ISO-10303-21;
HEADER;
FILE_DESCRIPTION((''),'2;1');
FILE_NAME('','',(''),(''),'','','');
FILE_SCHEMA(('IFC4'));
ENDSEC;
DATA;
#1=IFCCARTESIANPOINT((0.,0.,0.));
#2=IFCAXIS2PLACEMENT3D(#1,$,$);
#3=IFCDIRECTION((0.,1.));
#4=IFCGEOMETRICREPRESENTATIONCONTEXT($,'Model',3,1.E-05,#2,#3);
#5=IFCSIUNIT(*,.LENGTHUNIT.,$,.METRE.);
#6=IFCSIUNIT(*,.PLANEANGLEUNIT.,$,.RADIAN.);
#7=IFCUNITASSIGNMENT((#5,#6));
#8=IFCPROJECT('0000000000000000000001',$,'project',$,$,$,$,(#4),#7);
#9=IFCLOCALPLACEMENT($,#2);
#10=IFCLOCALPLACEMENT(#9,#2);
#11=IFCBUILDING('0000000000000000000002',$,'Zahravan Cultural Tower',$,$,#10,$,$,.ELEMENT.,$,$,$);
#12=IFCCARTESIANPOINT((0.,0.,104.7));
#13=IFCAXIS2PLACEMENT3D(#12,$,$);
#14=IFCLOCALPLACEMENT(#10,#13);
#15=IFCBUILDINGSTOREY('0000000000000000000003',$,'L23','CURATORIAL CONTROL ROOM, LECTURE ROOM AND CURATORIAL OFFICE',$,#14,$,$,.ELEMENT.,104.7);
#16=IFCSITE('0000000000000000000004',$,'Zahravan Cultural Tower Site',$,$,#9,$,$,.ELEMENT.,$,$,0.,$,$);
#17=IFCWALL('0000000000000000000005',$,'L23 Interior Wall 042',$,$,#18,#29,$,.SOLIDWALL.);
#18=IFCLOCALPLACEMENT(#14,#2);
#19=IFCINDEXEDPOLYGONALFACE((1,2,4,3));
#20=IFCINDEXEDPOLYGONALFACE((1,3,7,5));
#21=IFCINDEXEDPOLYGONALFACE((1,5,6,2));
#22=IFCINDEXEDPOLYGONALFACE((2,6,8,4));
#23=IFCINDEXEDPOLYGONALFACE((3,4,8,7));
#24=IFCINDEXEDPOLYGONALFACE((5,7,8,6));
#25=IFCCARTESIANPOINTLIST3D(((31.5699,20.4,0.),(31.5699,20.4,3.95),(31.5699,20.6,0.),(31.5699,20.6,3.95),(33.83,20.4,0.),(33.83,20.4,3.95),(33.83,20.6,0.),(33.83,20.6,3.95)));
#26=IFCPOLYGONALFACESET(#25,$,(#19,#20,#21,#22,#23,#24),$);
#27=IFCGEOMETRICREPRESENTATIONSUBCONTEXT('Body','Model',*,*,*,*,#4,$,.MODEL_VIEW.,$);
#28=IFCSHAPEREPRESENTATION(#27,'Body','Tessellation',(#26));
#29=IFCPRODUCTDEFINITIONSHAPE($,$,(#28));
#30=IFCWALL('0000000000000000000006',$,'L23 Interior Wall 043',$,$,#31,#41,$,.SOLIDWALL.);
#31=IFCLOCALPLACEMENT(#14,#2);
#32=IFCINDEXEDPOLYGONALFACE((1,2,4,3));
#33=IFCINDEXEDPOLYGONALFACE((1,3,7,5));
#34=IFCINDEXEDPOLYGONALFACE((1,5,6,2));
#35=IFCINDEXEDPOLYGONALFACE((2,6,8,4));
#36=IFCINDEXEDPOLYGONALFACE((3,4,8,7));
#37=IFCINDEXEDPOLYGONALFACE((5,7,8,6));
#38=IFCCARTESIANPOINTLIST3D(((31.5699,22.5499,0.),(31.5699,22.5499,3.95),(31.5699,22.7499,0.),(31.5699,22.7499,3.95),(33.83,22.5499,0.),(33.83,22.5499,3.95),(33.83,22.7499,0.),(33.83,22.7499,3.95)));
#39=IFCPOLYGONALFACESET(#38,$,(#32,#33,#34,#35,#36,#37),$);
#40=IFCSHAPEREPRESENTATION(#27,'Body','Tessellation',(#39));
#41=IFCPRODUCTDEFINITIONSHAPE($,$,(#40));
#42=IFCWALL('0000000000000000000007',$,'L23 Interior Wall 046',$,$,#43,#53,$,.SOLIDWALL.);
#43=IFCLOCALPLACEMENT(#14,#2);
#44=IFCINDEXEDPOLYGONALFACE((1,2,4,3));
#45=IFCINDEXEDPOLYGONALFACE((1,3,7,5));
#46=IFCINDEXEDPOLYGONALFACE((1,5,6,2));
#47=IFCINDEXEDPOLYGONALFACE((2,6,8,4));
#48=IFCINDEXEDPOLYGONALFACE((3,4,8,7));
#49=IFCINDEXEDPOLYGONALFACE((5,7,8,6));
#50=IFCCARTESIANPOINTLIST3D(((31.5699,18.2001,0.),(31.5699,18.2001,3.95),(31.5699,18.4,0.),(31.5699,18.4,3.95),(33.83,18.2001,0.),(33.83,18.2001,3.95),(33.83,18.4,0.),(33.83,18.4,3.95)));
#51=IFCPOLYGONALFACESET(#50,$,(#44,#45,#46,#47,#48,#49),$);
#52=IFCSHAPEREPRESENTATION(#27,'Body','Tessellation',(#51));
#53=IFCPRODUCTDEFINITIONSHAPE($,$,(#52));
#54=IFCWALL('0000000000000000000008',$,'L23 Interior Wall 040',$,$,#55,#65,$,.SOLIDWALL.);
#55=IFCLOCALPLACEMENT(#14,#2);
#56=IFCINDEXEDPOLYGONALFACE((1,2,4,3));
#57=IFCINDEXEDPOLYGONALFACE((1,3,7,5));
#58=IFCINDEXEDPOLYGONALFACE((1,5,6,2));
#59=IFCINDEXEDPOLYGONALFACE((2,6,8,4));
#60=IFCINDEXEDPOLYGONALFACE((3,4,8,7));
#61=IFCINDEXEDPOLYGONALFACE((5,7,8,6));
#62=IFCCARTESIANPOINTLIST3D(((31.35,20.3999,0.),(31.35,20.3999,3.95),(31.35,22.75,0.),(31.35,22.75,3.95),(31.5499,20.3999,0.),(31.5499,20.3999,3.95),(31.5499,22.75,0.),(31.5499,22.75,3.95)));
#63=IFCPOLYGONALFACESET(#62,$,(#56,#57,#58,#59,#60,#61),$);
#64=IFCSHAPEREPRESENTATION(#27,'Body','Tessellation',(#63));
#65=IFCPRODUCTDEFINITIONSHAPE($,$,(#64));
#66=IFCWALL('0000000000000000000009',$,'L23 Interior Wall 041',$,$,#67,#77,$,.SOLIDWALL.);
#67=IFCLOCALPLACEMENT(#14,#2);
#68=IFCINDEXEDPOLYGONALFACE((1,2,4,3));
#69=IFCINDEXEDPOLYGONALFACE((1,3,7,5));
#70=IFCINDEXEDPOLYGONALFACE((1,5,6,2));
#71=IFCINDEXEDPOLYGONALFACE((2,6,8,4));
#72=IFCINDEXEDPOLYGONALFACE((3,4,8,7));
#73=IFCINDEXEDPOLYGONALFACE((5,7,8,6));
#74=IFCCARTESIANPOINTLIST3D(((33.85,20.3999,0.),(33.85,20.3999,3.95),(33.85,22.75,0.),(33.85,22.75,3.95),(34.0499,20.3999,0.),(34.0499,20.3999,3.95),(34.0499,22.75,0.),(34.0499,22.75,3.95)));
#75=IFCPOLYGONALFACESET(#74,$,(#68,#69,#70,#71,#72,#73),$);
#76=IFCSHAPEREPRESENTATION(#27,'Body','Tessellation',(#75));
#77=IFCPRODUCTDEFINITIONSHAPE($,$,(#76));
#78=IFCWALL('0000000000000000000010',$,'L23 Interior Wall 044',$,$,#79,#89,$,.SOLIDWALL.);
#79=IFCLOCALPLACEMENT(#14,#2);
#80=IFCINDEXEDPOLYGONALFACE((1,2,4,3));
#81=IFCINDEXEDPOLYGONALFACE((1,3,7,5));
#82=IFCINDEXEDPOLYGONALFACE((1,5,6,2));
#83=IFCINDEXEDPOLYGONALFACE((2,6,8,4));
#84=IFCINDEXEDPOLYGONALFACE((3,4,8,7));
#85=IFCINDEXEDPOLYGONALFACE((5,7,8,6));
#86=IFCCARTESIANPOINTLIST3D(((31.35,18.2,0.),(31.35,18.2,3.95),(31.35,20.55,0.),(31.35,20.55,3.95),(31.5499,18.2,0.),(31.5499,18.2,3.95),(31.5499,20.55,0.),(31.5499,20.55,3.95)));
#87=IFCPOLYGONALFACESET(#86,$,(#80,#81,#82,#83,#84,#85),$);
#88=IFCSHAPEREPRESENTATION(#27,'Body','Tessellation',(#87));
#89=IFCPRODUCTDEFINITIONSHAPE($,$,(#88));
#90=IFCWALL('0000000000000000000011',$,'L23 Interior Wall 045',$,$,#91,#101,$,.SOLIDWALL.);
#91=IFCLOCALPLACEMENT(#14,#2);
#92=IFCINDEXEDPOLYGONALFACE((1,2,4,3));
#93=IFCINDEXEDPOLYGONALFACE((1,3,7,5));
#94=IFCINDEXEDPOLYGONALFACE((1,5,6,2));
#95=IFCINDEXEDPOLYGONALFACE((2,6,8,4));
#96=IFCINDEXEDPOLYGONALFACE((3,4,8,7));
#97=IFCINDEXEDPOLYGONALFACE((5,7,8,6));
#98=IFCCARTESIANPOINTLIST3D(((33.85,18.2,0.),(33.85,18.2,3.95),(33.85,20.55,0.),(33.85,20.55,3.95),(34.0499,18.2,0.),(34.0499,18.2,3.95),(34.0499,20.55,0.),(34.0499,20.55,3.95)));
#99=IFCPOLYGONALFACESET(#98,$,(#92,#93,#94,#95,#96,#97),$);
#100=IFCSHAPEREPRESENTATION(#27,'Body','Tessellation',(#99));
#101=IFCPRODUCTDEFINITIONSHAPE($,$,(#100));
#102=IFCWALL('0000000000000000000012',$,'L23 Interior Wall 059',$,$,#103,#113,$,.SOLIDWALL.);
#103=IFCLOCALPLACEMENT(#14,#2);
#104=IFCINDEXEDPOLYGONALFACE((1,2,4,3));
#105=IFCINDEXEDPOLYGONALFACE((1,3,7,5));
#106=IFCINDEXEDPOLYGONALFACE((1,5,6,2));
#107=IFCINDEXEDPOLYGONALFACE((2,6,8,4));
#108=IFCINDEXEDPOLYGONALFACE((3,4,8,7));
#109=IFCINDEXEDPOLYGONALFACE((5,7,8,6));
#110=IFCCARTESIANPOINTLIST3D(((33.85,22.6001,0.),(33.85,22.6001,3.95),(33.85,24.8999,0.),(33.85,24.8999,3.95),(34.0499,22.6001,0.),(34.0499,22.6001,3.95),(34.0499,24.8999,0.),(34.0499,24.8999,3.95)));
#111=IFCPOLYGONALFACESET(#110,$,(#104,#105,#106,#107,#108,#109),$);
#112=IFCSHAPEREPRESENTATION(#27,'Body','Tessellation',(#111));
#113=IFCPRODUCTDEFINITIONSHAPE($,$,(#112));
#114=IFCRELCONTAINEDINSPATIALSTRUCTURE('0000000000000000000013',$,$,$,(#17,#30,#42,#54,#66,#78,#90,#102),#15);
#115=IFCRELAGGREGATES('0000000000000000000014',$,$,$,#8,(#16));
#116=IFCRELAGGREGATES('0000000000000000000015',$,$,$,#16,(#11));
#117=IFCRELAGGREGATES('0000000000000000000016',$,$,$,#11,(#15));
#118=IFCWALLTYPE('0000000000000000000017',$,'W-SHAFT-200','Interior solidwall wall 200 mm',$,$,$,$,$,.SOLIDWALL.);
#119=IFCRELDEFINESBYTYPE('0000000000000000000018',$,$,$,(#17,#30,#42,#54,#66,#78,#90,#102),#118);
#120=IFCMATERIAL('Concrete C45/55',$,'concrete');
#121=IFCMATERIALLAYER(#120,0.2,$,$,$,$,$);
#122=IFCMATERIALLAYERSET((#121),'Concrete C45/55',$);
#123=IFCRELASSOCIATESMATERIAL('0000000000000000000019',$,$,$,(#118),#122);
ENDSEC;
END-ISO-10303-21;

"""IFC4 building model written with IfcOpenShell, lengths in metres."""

from ifc_helpers import new_model, si_unit, direction, frame, frame_2d, origin, place, context, subcontext, project, spatial, rectangle, extrude, source, transform, mapped, material, layer, layer_set, type_object, element, save


model = new_model("IFC4")

# Units and contexts
model_context = context("Model", 3, precision=1e-05, world=origin(), true_north=direction((0.0, 1.0)))
body_context = subcontext(model_context, "Body", "Model", "MODEL_VIEW")
ifc_project = project(units=[si_unit("LENGTHUNIT", "METRE"), si_unit("PLANEANGLEUNIT", "RADIAN")], contexts=[model_context])

# Site, building, storey
site_placement = place(None, origin())
site = spatial("IfcSite", under=ifc_project, at=site_placement, Name="Zahravan Cultural Tower Site", CompositionType="ELEMENT", RefElevation=0.0)
building_placement = place(site_placement, origin())
building = spatial("IfcBuilding", under=site, at=building_placement, Name="Zahravan Cultural Tower", CompositionType="ELEMENT")
storey_placement = place(building_placement, frame((0.0, 0.0, 104.7)))
storey = spatial("IfcBuildingStorey", under=building, at=storey_placement, Name="L23", Description="CURATORIAL CONTROL ROOM, LECTURE ROOM AND CURATORIAL OFFICE", CompositionType="ELEMENT", Elevation=104.7)

# Shared definitions
ifc_material_1 = material(Name="Concrete C45/55", Category="concrete")
ifc_layer_1 = layer(ifc_material_1, 0.2)
ifc_layer_set_1 = layer_set([ifc_layer_1], Name="Concrete C45/55")
wall_type = type_object("IfcWallType", Name="W-SHAFT-200", Description="Interior solidwall wall 200 mm", PredefinedType="SOLIDWALL", material=ifc_layer_set_1)

# Walls
shared_shape_1 = source(origin(), body_context, "Body", "SweptSolid", [
    extrude(rectangle(XDim=2.26, YDim=0.2, at=frame_2d((1.1299, 0.0))), origin(), (0.0, 0.0, 1.0), 3.95),
])
for number, where, z_axis, x_axis, name in (
    (1, (31.5701, 20.5, 0.0), (0.0, 0.0, 1.0), (1.0, 0.0, 0.0), "L23 Interior Wall 042"),
    (2, (31.5701, 22.6499, 0.0), (0.0, 0.0, 1.0), (1.0, 0.0, 0.0), "L23 Interior Wall 043"),
    (3, (31.5701, 18.3, 0.0), (0.0, 0.0, 1.0), (1.0, 0.0, 0.0), "L23 Interior Wall 046"),
):
    element("IfcWall", number, at=place(storey_placement, frame(where, z_axis=z_axis, x_axis=x_axis)), inside=storey, type_object=wall_type, Name=name, PredefinedType="SOLIDWALL", context=body_context, shape_type="MappedRepresentation", body=[
        mapped(shared_shape_1, transform((0.0, 0.0, 0.0), x_axis=(1.0, 0.0, 0.0), y_axis=(0.0, 1.0, 0.0), z_axis=(0.0, 0.0, 1.0), scale=1.0)),
    ])
shared_shape_2 = source(origin(), body_context, "Body", "SweptSolid", [
    extrude(rectangle(XDim=2.3501, YDim=0.2, at=frame_2d((1.175, 0.0))), origin(), (0.0, 0.0, 1.0), 3.95),
])
for number, where, z_axis, x_axis, name in (
    (4, (31.45, 20.3999, 0.0), (0.0, 0.0, 1.0), (0.0, 1.0, 0.0), "L23 Interior Wall 040"),
    (5, (33.95, 20.3999, 0.0), (0.0, 0.0, 1.0), (0.0, 1.0, 0.0), "L23 Interior Wall 041"),
    (6, (31.45, 18.2, 0.0), (0.0, 0.0, 1.0), (0.0, 1.0, 0.0), "L23 Interior Wall 044"),
    (7, (33.95, 18.2, 0.0), (0.0, 0.0, 1.0), (0.0, 1.0, 0.0), "L23 Interior Wall 045"),
):
    element("IfcWall", number, at=place(storey_placement, frame(where, z_axis=z_axis, x_axis=x_axis)), inside=storey, type_object=wall_type, Name=name, PredefinedType="SOLIDWALL", context=body_context, shape_type="MappedRepresentation", body=[
        mapped(shared_shape_2, transform((0.0, 0.0, 0.0), x_axis=(1.0, 0.0, 0.0), y_axis=(0.0, 1.0, 0.0), z_axis=(0.0, 0.0, 1.0), scale=1.0)),
    ])
shared_shape_3 = source(origin(), body_context, "Body", "SweptSolid", [
    extrude(rectangle(XDim=2.2998, YDim=0.2, at=frame_2d((1.1499, 0.0))), origin(), (0.0, 0.0, 1.0), 3.95),
])
wall_1_placement = place(storey_placement, frame((33.95, 22.6001, 0.0), z_axis=(0.0, 0.0, 1.0), x_axis=(0.0, 1.0, 0.0)))
element("IfcWall", 8, at=wall_1_placement, inside=storey, type_object=wall_type, Name="L23 Interior Wall 059", PredefinedType="SOLIDWALL", context=body_context, shape_type="MappedRepresentation", body=[
    mapped(shared_shape_3, transform((0.0, 0.0, 0.0), x_axis=(1.0, 0.0, 0.0), y_axis=(0.0, 1.0, 0.0), z_axis=(0.0, 0.0, 1.0), scale=1.0)),
])

save(model, "model.ifc")
